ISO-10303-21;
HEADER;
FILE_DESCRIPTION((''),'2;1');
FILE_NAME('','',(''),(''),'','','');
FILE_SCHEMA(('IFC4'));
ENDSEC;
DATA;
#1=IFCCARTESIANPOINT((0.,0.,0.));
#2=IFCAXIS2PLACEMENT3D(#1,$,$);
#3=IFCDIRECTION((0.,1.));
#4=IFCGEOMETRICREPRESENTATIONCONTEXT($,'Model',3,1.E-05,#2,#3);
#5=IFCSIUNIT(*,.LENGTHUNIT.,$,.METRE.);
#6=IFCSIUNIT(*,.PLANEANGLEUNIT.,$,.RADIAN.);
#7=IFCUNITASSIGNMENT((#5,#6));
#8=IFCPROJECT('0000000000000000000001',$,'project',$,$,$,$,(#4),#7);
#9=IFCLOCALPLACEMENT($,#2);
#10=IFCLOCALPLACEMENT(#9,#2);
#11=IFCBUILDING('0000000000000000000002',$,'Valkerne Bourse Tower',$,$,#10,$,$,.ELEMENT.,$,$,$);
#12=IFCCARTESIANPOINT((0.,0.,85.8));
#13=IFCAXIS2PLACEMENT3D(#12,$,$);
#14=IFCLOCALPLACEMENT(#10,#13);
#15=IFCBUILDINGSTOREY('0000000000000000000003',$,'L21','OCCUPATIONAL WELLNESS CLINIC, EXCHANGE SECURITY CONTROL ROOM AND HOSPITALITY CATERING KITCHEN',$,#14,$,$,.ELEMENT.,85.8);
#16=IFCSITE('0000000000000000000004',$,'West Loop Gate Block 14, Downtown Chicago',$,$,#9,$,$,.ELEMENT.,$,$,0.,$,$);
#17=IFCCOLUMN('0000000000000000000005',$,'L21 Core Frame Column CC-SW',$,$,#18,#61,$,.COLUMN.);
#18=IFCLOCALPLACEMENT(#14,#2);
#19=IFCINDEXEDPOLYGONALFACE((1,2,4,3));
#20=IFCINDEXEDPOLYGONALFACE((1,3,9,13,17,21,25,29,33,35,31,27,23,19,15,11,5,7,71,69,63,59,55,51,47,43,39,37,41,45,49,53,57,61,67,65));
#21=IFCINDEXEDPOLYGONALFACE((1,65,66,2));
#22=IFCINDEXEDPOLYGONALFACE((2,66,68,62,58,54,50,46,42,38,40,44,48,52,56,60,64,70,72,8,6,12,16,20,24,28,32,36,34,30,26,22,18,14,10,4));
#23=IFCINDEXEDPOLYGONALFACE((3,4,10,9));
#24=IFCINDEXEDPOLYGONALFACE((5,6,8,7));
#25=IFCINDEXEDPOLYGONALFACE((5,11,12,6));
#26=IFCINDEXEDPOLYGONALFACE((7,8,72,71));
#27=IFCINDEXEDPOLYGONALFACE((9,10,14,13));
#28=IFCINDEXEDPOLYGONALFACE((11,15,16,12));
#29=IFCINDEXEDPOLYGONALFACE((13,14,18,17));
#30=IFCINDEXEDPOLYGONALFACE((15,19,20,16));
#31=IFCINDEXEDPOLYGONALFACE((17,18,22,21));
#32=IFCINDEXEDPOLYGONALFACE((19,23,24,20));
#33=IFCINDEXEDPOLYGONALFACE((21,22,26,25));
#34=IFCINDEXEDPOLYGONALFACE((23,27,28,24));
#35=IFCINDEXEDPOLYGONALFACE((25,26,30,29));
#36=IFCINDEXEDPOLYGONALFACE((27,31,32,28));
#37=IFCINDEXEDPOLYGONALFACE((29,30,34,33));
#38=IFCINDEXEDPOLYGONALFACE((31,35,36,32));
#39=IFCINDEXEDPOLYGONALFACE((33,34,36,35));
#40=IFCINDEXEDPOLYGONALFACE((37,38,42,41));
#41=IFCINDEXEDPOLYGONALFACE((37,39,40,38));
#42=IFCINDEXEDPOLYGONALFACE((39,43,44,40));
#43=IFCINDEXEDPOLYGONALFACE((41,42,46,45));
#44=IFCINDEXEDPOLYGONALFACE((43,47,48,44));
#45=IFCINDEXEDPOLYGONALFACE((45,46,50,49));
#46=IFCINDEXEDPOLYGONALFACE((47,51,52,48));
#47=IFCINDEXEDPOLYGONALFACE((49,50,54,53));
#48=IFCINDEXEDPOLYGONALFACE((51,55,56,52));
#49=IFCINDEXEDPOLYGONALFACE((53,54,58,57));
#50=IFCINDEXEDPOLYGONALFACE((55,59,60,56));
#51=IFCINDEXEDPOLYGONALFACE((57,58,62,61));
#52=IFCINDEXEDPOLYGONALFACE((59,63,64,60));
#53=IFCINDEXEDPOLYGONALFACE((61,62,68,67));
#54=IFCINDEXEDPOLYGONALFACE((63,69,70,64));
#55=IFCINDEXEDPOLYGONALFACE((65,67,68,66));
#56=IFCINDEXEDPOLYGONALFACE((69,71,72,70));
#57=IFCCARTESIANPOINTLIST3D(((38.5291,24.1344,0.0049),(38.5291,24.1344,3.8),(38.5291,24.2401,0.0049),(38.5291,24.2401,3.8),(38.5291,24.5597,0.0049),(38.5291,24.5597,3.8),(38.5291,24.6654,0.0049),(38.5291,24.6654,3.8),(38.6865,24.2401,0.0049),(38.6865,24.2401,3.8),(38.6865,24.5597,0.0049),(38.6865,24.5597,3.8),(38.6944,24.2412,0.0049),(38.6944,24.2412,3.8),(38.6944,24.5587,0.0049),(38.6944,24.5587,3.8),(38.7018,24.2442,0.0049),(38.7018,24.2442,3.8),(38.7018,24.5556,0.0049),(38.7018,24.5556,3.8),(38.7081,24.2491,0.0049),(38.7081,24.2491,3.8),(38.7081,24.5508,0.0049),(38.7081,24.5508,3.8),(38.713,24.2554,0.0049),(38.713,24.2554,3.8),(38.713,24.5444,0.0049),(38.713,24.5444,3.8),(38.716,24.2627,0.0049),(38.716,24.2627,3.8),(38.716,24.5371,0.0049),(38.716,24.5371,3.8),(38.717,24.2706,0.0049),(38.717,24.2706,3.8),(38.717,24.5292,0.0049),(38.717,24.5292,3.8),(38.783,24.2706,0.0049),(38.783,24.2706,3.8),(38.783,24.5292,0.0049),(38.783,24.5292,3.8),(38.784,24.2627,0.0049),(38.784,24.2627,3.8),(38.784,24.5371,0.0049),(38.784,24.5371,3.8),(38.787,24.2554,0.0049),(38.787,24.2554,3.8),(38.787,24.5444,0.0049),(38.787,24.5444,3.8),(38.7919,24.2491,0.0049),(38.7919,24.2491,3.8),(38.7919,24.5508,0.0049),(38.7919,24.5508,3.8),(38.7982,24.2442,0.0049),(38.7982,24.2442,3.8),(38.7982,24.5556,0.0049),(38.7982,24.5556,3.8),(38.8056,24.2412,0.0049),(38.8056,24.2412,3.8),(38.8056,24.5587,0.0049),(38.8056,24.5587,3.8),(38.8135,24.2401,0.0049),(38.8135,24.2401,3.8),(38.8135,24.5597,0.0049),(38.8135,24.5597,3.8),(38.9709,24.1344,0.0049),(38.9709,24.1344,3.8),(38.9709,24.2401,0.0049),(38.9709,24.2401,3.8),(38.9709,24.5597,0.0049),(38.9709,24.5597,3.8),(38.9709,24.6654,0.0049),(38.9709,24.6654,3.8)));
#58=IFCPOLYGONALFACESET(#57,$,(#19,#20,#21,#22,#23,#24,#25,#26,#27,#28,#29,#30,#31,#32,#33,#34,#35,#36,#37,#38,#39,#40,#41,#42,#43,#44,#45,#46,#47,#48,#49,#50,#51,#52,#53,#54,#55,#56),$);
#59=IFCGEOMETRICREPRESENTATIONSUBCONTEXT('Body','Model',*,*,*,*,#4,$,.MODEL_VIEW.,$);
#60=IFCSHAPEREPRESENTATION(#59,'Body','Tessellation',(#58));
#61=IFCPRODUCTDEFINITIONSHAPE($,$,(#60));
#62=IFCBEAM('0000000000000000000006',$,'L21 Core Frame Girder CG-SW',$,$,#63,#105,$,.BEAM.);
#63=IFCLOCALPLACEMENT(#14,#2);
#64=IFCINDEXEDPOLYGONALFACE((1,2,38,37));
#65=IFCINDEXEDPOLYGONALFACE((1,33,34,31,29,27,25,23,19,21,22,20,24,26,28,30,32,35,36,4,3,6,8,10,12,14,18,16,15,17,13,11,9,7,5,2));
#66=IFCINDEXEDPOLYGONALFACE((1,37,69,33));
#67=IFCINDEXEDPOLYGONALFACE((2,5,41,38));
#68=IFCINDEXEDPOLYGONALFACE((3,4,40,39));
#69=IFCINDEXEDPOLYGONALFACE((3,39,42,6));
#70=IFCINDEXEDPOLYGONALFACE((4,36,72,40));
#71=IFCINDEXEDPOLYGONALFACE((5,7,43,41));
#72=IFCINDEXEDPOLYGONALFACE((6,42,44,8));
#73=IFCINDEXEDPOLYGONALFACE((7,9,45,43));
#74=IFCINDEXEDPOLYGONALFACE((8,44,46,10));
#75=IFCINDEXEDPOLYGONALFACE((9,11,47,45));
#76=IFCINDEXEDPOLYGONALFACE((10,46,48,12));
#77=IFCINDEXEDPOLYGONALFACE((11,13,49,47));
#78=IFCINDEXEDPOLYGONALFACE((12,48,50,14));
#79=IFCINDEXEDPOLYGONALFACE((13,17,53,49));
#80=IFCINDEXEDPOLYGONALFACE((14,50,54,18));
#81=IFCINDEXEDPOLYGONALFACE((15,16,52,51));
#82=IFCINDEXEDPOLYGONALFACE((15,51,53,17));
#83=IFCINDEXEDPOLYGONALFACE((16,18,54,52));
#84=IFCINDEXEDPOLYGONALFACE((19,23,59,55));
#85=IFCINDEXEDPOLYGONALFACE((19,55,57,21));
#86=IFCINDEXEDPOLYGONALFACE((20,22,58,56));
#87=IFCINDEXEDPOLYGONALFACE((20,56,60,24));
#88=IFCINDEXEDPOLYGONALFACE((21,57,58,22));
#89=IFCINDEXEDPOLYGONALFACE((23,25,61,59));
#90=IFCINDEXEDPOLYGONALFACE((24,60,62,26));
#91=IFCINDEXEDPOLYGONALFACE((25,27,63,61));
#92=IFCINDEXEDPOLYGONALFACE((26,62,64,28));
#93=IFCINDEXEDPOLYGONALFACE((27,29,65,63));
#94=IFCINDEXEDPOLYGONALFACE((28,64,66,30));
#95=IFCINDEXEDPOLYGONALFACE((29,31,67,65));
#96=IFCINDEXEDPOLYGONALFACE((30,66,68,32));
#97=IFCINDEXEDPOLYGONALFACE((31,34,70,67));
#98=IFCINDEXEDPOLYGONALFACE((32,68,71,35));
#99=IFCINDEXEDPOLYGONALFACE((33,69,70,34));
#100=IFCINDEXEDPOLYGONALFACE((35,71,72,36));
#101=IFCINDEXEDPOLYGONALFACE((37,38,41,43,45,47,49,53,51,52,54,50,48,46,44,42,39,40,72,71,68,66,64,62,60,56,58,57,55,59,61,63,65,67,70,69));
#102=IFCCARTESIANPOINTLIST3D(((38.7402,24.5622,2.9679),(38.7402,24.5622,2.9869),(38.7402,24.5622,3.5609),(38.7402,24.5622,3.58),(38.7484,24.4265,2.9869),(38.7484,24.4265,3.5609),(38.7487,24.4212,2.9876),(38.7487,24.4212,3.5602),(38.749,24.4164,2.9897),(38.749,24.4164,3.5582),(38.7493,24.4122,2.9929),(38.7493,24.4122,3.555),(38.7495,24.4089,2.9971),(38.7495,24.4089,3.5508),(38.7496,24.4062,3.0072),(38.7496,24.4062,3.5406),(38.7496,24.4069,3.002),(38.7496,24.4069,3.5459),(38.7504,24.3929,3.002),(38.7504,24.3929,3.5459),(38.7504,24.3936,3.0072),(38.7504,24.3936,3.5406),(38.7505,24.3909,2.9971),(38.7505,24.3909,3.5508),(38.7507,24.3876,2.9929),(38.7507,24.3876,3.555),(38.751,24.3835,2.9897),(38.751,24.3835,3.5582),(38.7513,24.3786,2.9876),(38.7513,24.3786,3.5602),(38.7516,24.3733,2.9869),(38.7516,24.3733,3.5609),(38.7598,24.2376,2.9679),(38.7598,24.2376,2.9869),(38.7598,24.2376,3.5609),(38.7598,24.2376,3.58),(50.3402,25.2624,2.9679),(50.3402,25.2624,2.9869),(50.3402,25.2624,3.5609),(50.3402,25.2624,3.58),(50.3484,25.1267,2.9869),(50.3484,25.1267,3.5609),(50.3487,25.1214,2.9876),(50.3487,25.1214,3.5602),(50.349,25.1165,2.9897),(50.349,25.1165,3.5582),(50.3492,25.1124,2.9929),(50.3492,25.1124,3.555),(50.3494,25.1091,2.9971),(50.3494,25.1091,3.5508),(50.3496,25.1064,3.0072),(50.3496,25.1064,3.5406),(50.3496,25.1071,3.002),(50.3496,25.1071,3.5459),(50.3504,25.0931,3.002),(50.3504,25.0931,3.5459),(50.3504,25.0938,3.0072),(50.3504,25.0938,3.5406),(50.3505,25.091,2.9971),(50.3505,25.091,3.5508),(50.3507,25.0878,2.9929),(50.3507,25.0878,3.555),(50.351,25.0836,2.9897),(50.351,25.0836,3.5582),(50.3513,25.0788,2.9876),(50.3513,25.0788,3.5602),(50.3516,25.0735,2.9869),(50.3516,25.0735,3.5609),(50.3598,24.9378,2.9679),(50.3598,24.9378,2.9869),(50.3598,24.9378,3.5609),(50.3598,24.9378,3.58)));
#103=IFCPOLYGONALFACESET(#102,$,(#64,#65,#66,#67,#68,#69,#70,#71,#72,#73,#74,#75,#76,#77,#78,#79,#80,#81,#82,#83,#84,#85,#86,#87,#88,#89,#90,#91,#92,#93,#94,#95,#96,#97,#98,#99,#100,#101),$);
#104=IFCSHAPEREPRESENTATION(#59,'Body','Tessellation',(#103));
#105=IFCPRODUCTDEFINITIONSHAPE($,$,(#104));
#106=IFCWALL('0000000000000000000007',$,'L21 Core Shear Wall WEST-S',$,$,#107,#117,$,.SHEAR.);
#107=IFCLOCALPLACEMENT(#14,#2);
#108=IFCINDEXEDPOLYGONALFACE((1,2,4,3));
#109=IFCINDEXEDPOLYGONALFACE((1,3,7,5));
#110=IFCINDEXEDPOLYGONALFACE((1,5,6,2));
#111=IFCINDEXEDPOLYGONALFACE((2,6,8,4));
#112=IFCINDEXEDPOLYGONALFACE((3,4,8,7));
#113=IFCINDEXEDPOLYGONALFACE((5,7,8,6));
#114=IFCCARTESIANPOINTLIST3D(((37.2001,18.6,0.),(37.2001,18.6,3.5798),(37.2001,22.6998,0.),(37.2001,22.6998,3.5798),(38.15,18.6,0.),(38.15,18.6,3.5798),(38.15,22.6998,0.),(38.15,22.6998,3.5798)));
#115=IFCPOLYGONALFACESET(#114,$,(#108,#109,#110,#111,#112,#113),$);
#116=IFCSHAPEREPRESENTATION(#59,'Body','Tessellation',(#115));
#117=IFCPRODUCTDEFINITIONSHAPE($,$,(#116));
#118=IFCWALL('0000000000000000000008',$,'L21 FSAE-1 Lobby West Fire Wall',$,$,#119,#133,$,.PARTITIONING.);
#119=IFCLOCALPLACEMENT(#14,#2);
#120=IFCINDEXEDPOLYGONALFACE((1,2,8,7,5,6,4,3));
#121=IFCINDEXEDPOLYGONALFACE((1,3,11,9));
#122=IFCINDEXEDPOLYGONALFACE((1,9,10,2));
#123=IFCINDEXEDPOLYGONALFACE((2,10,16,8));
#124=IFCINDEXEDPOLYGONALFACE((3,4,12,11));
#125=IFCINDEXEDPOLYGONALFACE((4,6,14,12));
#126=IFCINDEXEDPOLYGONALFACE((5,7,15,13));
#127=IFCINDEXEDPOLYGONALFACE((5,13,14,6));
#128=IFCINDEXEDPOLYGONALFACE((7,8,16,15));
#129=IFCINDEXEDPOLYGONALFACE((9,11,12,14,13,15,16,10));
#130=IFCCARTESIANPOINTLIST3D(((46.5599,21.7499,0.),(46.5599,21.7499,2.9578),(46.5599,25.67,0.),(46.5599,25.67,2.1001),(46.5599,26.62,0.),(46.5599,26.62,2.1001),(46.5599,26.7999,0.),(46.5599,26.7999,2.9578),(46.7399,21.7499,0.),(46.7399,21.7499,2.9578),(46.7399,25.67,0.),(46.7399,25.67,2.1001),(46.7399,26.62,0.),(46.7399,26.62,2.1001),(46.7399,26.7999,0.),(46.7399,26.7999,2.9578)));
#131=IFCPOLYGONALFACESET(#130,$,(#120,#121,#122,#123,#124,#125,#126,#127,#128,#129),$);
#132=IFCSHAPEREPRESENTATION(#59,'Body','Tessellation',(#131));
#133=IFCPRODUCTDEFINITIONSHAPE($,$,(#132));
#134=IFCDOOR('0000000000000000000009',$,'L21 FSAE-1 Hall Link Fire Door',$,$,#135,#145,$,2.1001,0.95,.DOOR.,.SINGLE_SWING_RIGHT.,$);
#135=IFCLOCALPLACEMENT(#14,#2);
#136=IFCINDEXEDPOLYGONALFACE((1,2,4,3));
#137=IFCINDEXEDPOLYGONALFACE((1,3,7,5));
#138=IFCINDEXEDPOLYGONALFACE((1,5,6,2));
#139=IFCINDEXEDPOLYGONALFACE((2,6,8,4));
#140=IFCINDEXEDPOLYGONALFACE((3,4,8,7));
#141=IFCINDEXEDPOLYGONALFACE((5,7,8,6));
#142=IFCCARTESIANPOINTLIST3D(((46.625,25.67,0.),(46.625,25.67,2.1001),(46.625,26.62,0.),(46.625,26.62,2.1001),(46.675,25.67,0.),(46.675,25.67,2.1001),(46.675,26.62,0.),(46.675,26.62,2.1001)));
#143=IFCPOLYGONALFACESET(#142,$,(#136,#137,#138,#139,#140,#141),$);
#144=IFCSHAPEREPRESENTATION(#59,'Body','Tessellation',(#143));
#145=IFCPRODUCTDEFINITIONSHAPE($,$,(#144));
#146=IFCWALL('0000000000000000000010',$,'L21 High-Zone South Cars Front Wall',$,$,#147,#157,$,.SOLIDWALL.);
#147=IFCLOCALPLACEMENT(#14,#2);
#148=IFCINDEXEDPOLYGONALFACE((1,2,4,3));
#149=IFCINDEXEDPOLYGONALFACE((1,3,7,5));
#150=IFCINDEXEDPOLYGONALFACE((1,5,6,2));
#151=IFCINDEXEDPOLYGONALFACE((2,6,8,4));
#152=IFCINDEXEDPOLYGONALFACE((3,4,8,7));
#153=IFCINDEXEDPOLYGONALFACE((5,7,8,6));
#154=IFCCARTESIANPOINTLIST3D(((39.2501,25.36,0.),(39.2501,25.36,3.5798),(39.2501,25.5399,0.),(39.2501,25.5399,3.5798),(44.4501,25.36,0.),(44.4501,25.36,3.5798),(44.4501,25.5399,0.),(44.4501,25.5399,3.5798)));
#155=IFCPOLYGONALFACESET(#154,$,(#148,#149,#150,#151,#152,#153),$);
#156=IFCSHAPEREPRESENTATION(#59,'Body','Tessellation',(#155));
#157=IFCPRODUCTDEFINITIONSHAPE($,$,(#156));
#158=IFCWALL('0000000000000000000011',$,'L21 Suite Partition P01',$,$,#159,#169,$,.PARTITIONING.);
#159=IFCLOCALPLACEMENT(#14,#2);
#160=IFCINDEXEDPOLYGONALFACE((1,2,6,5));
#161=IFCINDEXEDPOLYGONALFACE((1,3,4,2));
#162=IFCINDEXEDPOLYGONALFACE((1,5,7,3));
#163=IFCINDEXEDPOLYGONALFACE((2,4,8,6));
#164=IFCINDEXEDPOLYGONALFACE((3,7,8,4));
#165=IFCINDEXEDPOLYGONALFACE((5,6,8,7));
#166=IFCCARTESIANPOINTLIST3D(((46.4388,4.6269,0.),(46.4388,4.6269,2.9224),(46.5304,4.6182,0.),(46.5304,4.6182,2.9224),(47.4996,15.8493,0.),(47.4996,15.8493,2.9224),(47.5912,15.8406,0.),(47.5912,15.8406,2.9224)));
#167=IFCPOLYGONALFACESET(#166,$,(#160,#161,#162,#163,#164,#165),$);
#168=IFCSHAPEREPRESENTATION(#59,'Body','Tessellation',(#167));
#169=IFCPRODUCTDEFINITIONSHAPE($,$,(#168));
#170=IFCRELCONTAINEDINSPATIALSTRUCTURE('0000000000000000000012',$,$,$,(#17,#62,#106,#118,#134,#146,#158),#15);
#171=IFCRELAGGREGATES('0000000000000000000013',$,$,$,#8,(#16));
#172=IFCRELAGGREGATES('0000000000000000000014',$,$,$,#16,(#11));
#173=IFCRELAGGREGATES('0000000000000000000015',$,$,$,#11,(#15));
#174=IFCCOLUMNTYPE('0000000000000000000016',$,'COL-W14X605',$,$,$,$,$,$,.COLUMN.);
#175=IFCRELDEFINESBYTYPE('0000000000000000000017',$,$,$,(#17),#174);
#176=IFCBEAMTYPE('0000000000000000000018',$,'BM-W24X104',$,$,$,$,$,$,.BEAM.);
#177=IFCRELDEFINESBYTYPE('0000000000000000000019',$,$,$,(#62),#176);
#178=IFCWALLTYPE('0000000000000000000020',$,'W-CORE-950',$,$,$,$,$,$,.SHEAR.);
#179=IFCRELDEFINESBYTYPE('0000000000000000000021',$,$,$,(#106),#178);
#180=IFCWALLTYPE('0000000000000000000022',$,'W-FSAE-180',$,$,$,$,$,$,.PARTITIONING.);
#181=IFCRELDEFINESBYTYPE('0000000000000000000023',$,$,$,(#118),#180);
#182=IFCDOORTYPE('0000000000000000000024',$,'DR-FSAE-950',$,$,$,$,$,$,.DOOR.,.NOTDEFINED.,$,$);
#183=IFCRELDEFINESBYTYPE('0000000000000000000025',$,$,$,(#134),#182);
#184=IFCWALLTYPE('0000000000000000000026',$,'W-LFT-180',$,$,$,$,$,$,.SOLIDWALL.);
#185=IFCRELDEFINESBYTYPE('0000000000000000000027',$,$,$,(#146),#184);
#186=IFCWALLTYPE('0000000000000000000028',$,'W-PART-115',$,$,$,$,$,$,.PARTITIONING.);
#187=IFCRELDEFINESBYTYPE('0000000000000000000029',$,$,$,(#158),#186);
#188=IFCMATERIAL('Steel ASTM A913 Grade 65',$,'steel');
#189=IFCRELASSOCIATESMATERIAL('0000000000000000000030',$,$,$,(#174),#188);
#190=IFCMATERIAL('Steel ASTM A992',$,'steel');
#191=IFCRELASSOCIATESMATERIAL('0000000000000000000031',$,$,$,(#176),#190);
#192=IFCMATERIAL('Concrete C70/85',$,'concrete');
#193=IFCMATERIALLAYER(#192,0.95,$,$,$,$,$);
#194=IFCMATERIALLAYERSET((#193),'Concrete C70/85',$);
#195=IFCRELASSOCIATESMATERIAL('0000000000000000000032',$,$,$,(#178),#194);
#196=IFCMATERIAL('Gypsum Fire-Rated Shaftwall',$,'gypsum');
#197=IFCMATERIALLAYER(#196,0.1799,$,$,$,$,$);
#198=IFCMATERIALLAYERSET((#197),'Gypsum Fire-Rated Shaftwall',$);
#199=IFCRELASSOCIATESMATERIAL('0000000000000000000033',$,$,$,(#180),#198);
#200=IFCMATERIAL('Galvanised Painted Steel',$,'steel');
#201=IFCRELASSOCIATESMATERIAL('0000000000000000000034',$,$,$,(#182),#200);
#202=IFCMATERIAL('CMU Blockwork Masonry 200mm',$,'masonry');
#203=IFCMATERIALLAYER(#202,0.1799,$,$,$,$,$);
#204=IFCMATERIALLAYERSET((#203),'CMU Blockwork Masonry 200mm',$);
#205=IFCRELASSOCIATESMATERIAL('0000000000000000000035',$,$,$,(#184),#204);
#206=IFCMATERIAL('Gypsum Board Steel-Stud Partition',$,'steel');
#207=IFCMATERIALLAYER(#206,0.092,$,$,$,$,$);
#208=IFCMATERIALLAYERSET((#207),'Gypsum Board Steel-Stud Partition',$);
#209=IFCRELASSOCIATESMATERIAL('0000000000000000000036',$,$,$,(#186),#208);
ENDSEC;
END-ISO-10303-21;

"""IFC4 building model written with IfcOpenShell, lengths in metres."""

from ifc_helpers import new_model, si_unit, direction, frame, frame_2d, origin, origin_2d, place, context, subcontext, project, spatial, rectangle, i_section, extrude, material, layer, layer_set, material_profile, profile_set, type_object, element, fill, save


model = new_model("IFC4")

# Units and contexts
model_context = context("Model", 3, precision=1e-05, world=origin(), true_north=direction((0.0, 1.0)))
body_context = subcontext(model_context, "Body", "Model", "MODEL_VIEW")
ifc_project = project(units=[si_unit("LENGTHUNIT", "METRE"), si_unit("PLANEANGLEUNIT", "RADIAN")], contexts=[model_context])

# Site, building, storey
site_placement = place(None, origin())
site = spatial("IfcSite", under=ifc_project, at=site_placement, Name="West Loop Gate Block 14, Downtown Chicago", CompositionType="ELEMENT", RefElevation=0.0)
building_placement = place(site_placement, origin())
building = spatial("IfcBuilding", under=site, at=building_placement, Name="Valkerne Bourse Tower", CompositionType="ELEMENT")
storey_placement = place(building_placement, frame((0.0, 0.0, 85.8)))
storey = spatial("IfcBuildingStorey", under=building, at=storey_placement, Name="L21", Description="OCCUPATIONAL WELLNESS CLINIC, EXCHANGE SECURITY CONTROL ROOM AND HOSPITALITY CATERING KITCHEN", CompositionType="ELEMENT", Elevation=85.8)

# Column
ifc_material_1 = material(Name="Steel ASTM A913 Grade 65", Category="steel")
ifc_material_profile_1 = material_profile(ifc_material_1, i_section(OverallWidth=0.4419, OverallDepth=0.531, WebThickness=0.0659, FlangeThickness=0.1057, FilletRadius=0.0305, at=origin_2d()), Name="W14X605")
ifc_profile_set_1 = profile_set([ifc_material_profile_1], Name="Steel ASTM A913 Grade 65")
column_type = type_object("IfcColumnType", Name="COL-W14X605", PredefinedType="COLUMN", material=ifc_profile_set_1)
column_placement = place(storey_placement, frame((38.75, 24.3999, 0.0049), z_axis=(0.0, 0.0, 1.0), x_axis=(1.0, 0.0, 0.0)))
element("IfcColumn", 1, at=column_placement, inside=storey, type_object=column_type, Name="L21 Core Frame Column CC-SW", PredefinedType="COLUMN", context=body_context, shape_type="SweptSolid", body=[
    extrude(i_section(OverallWidth=0.4419, OverallDepth=0.531, WebThickness=0.0659, FlangeThickness=0.1057, FilletRadius=0.0305, at=origin_2d()), origin(), (0.0, 0.0, 1.0), 3.7952),
])

# Beam
ifc_material_2 = material(Name="Steel ASTM A992", Category="steel")
ifc_material_profile_2 = material_profile(ifc_material_2, i_section(OverallWidth=0.3252, OverallDepth=0.6121, WebThickness=0.0127, FlangeThickness=0.019, FilletRadius=0.0203, at=origin_2d()), Name="W24X104")
ifc_profile_set_2 = profile_set([ifc_material_profile_2], Name="Steel ASTM A992")
beam_type = type_object("IfcBeamType", Name="BM-W24X104", PredefinedType="BEAM", material=ifc_profile_set_2)
beam_placement = place(storey_placement, frame((38.75, 24.3999, 3.2739), z_axis=(0.998183, 0.060251, 0.0), x_axis=(-0.060251, 0.998183, 0.0)))
element("IfcBeam", 2, at=beam_placement, inside=storey, type_object=beam_type, Name="L21 Core Frame Girder CG-SW", PredefinedType="BEAM", context=body_context, shape_type="SweptSolid", body=[
    extrude(i_section(OverallWidth=0.3252, OverallDepth=0.6121, WebThickness=0.0127, FlangeThickness=0.019, FilletRadius=0.0203, at=origin_2d()), origin(), (0.0, 0.0, 1.0), 11.6211),
])

# Wall
ifc_material_3 = material(Name="Concrete C70/85", Category="concrete")
ifc_layer_1 = layer(ifc_material_3, 0.95)
ifc_layer_set_1 = layer_set([ifc_layer_1], Name="Concrete C70/85")
wall_type_1 = type_object("IfcWallType", Name="W-CORE-950", PredefinedType="SHEAR", material=ifc_layer_set_1)
wall_1_placement = place(storey_placement, frame((37.675, 18.6001, 0.0), z_axis=(0.0, 0.0, 1.0), x_axis=(0.0, 1.0, 0.0)))
element("IfcWall", 3, at=wall_1_placement, inside=storey, type_object=wall_type_1, Name="L21 Core Shear Wall WEST-S", PredefinedType="SHEAR", context=body_context, shape_type="SweptSolid", body=[
    extrude(rectangle(XDim=4.0999, YDim=0.95, at=frame_2d((2.0498, 0.0))), origin(), (0.0, 0.0, 1.0), 3.5798),
])

# Wall, opening, door
ifc_material_4 = material(Name="Gypsum Fire-Rated Shaftwall", Category="gypsum")
ifc_layer_2 = layer(ifc_material_4, 0.1799)
ifc_layer_set_2 = layer_set([ifc_layer_2], Name="Gypsum Fire-Rated Shaftwall")
wall_type_2 = type_object("IfcWallType", Name="W-FSAE-180", PredefinedType="PARTITIONING", material=ifc_layer_set_2)
wall_2_placement = place(storey_placement, frame((46.6499, 21.75, 0.0), z_axis=(0.0, 0.0, 1.0), x_axis=(0.0, 1.0, 0.0)))
wall_2 = element("IfcWall", 4, at=wall_2_placement, inside=storey, type_object=wall_type_2, Name="L21 FSAE-1 Lobby West Fire Wall", PredefinedType="PARTITIONING", context=body_context, shape_type="SweptSolid", body=[
    extrude(rectangle(XDim=5.05, YDim=0.1799, at=frame_2d((2.5249, 0.0))), origin(), (0.0, 0.0, 1.0), 2.9578),
])
opening_1_placement = place(wall_2_placement, frame((3.9199, 0.0, 0.0)))
opening_1 = element("IfcOpeningElement", 5, at=opening_1_placement, cuts=wall_2, PredefinedType="OPENING", context=body_context, shape_type="SweptSolid", body=[
    extrude(rectangle(XDim=0.95, YDim=2.1001, at=frame_2d((0.4751, 1.05))), frame((0.0, 0.0999, 0.0), z_axis=(0.0, -1.0, 0.0), x_axis=(1.0, 0.0, 0.0)), (0.0, 0.0, 1.0), 0.2),
])
ifc_material_5 = material(Name="Galvanised Painted Steel", Category="steel")
door_type_1 = type_object("IfcDoorType", Name="DR-FSAE-950", OperationType="NOTDEFINED", PredefinedType="DOOR", material=ifc_material_5)
door_1_placement = place(opening_1_placement, origin())
door_1 = element("IfcDoor", 6, at=door_1_placement, inside=storey, type_object=door_type_1, Name="L21 FSAE-1 Hall Link Fire Door", OperationType="SINGLE_SWING_RIGHT", OverallHeight=2.1001, OverallWidth=0.95, PredefinedType="DOOR", context=body_context, shape_type="SweptSolid", body=[
    extrude(rectangle(XDim=0.95, YDim=2.1001, at=frame_2d((0.4751, 1.05))), frame((0.0, 0.0249, 0.0), z_axis=(0.0, -1.0, 0.0), x_axis=(1.0, 0.0, 0.0)), (0.0, 0.0, 1.0), 0.05),
])
fill(opening_1, door_1)

# Shared definitions
ifc_material_6 = material(Name="CMU Blockwork Masonry 200mm", Category="masonry")
ifc_layer_3 = layer(ifc_material_6, 0.1799)
ifc_layer_set_3 = layer_set([ifc_layer_3], Name="CMU Blockwork Masonry 200mm")
wall_type_3 = type_object("IfcWallType", Name="W-LFT-180", PredefinedType="SOLIDWALL", material=ifc_layer_set_3)

# Walls
wall_3_placement = place(storey_placement, frame((39.25, 25.45, 0.0), z_axis=(0.0, 0.0, 1.0), x_axis=(1.0, 0.0, 0.0)))
element("IfcWall", 7, at=wall_3_placement, inside=storey, type_object=wall_type_3, Name="L21 High-Zone South Cars Front Wall", PredefinedType="SOLIDWALL", context=body_context, shape_type="SweptSolid", body=[
    extrude(rectangle(XDim=5.2, YDim=0.1799, at=frame_2d((2.6001, 0.0))), origin(), (0.0, 0.0, 1.0), 3.5798),
])
ifc_material_7 = material(Name="Gypsum Board Steel-Stud Partition", Category="steel")
ifc_layer_4 = layer(ifc_material_7, 0.092)
ifc_layer_set_4 = layer_set([ifc_layer_4], Name="Gypsum Board Steel-Stud Partition")
wall_type_4 = type_object("IfcWallType", Name="W-PART-115", PredefinedType="PARTITIONING", material=ifc_layer_set_4)
wall_4_placement = place(storey_placement, frame((47.5454, 15.845, 0.0), z_axis=(0.0, 0.0, 1.0), x_axis=(-0.094105, -0.995562, 0.0)))
element("IfcWall", 8, at=wall_4_placement, inside=storey, type_object=wall_type_4, Name="L21 Suite Partition P01", PredefinedType="PARTITIONING", context=body_context, shape_type="SweptSolid", body=[
    extrude(rectangle(XDim=11.2725, YDim=0.092, at=frame_2d((5.6362, 0.0))), origin(), (0.0, 0.0, 1.0), 2.9224),
])

save(model, "model.ifc")
